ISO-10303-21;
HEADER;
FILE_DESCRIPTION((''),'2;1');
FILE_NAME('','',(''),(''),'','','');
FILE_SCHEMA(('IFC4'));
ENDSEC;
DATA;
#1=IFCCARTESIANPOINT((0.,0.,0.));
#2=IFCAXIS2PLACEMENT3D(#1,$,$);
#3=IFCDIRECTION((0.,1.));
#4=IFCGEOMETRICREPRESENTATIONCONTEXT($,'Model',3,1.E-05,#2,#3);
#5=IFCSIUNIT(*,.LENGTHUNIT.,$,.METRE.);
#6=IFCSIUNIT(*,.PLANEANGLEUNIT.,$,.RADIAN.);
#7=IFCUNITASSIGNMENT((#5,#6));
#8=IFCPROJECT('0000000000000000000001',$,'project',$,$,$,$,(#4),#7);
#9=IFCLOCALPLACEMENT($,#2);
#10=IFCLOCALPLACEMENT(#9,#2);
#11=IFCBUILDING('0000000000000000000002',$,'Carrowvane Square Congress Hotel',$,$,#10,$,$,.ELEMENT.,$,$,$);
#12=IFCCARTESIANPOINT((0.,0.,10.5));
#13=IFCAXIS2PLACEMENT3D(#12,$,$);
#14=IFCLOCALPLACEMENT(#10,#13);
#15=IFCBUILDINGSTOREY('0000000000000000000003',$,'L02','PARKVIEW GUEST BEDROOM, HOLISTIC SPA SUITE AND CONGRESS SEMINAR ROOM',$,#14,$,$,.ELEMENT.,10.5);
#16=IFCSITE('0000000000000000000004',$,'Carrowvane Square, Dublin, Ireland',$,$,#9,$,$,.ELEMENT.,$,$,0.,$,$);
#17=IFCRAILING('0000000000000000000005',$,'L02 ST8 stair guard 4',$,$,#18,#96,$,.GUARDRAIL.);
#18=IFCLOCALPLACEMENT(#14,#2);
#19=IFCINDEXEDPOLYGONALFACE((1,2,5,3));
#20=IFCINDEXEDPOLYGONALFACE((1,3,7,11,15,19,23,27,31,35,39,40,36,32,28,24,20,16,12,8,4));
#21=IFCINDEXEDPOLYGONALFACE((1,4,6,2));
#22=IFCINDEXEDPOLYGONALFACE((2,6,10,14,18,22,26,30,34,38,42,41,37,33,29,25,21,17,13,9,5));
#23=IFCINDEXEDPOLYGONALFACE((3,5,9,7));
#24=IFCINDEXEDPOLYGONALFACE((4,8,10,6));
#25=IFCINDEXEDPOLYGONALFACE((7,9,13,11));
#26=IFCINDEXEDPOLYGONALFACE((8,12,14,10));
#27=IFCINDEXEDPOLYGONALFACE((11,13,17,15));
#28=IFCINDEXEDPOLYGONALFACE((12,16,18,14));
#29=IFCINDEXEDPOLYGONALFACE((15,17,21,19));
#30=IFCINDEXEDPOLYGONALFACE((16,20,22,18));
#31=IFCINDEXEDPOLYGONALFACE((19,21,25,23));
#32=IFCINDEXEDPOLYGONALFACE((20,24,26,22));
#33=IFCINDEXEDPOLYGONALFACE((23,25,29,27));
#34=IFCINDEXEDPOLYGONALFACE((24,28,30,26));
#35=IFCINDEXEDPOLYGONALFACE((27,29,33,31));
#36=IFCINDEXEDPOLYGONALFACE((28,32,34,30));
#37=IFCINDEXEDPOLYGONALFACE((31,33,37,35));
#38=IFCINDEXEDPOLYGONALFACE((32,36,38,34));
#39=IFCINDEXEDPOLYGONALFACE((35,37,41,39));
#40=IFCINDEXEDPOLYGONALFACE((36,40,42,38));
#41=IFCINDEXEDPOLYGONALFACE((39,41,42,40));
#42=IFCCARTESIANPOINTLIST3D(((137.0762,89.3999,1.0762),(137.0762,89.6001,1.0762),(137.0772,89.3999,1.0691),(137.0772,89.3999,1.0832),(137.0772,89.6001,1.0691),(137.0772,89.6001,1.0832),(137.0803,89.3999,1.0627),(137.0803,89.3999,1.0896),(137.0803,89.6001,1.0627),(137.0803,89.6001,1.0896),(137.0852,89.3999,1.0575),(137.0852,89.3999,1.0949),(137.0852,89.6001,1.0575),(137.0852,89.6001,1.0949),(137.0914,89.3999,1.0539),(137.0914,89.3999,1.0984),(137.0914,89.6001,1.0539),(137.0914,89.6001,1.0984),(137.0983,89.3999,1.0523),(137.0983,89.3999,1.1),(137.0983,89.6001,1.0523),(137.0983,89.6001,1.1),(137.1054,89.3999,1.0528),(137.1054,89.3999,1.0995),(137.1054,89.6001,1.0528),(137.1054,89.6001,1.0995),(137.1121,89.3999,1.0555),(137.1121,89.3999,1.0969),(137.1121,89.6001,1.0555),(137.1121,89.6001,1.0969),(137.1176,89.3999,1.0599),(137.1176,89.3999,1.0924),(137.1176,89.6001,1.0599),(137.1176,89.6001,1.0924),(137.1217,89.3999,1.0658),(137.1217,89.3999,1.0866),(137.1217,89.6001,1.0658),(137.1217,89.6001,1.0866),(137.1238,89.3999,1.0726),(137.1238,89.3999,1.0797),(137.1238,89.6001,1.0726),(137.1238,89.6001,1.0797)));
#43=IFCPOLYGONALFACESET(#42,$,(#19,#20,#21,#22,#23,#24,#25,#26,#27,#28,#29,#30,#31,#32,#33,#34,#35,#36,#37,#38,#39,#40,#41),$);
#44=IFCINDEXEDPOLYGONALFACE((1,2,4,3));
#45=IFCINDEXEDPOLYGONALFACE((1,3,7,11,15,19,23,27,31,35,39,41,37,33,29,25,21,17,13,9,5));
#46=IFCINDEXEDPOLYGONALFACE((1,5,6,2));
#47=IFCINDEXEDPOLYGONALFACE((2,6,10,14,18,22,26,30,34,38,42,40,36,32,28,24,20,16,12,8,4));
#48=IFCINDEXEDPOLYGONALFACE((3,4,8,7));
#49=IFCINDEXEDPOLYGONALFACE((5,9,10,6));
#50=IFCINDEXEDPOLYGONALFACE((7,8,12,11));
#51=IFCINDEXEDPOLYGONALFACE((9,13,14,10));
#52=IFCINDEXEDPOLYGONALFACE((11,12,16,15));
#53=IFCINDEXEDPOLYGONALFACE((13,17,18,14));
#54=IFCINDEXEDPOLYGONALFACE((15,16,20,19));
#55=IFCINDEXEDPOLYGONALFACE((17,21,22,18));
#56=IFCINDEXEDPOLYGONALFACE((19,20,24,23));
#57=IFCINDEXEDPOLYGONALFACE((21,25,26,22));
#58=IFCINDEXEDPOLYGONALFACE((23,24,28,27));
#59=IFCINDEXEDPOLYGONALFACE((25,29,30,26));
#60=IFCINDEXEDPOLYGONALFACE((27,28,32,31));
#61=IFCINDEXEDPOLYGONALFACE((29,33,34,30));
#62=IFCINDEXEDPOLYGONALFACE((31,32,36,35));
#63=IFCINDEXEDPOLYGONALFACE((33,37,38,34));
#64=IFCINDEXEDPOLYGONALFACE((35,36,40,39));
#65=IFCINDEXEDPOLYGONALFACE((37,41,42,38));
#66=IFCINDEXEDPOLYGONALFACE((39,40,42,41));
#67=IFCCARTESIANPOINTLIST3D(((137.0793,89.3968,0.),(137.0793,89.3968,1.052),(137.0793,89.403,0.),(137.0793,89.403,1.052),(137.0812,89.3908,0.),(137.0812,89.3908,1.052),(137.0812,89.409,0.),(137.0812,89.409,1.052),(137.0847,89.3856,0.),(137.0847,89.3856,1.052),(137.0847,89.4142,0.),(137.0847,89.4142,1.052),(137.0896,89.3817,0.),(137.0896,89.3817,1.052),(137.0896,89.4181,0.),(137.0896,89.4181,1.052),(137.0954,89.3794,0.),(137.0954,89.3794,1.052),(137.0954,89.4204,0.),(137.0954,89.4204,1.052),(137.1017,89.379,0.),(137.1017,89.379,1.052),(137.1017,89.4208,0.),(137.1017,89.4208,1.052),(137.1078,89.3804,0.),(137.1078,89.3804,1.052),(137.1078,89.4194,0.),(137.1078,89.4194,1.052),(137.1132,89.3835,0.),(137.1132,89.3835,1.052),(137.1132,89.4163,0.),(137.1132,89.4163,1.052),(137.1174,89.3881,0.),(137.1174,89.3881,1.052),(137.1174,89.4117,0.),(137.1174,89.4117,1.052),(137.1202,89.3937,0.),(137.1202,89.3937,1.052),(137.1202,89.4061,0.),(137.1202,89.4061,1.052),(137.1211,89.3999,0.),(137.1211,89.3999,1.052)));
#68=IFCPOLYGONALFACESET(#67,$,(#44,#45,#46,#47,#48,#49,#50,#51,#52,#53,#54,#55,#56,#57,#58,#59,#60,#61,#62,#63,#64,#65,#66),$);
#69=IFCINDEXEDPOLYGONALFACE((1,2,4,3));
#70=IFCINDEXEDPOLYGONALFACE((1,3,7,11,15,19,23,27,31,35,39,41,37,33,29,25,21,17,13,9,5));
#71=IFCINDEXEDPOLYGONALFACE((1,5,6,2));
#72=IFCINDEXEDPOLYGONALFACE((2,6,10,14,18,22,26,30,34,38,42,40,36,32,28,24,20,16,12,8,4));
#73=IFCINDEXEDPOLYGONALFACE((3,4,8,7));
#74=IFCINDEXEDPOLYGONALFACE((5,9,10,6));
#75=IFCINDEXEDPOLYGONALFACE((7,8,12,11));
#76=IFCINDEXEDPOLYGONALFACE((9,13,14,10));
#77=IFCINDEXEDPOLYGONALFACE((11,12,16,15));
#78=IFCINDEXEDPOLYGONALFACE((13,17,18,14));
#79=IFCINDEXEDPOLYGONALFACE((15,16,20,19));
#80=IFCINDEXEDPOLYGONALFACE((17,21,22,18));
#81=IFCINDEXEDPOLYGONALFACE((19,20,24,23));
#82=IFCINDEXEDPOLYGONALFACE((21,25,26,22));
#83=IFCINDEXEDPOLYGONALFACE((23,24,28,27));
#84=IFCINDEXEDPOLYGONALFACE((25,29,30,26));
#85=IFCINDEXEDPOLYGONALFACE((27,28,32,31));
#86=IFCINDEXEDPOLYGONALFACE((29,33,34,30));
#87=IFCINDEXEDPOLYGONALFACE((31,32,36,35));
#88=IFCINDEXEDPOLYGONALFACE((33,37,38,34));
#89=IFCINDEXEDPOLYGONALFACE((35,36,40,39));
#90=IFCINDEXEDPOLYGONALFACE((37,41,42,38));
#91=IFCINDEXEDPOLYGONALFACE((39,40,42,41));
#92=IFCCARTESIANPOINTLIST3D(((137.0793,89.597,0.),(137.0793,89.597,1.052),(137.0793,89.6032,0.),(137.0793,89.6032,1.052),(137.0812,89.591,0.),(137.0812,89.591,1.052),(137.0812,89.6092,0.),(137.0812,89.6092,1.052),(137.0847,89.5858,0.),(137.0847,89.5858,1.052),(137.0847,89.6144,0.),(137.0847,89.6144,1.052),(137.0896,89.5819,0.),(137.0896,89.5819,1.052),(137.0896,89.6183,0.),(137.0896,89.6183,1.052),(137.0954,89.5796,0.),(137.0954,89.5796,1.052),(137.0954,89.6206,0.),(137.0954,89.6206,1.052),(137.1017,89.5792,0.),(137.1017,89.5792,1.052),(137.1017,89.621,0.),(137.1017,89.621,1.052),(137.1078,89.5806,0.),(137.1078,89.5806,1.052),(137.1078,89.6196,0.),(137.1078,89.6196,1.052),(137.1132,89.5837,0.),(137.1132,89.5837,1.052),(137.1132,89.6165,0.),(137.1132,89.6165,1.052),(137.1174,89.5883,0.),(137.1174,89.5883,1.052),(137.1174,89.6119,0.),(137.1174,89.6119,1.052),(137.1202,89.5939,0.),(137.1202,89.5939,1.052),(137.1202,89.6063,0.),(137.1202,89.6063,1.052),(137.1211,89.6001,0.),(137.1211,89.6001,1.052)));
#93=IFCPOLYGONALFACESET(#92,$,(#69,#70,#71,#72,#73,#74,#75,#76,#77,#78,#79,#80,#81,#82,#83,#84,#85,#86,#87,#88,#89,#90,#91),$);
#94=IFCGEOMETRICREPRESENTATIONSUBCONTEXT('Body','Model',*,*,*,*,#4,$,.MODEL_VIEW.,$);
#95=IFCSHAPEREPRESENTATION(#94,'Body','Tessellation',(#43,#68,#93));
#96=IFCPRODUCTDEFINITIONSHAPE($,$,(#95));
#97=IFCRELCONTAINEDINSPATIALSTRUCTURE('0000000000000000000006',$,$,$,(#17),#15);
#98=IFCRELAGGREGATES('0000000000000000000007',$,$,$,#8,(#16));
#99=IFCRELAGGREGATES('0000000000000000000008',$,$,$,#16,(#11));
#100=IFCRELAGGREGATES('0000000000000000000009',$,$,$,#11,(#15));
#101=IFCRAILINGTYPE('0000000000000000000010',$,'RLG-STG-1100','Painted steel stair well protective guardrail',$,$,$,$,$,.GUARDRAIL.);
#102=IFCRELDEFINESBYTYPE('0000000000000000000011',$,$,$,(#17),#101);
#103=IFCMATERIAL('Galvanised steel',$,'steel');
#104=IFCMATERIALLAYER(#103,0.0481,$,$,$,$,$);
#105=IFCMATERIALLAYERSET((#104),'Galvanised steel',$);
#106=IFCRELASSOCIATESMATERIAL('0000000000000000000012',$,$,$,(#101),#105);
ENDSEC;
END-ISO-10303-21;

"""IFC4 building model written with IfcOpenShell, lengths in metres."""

from ifc_helpers import new_model, si_unit, direction, frame, origin, origin_2d, place, context, subcontext, project, spatial, circle, extrude, material, layer, layer_set, type_object, element, save


model = new_model("IFC4")

# Units and contexts
model_context = context("Model", 3, precision=1e-05, world=origin(), true_north=direction((0.0, 1.0)))
body_context = subcontext(model_context, "Body", "Model", "MODEL_VIEW")
ifc_project = project(units=[si_unit("LENGTHUNIT", "METRE"), si_unit("PLANEANGLEUNIT", "RADIAN")], contexts=[model_context])

# Site, building, storey
site_placement = place(None, origin())
site = spatial("IfcSite", under=ifc_project, at=site_placement, Name="Carrowvane Square, Dublin, Ireland", CompositionType="ELEMENT", RefElevation=0.0)
building_placement = place(site_placement, origin())
building = spatial("IfcBuilding", under=site, at=building_placement, Name="Carrowvane Square Congress Hotel", CompositionType="ELEMENT")
storey_placement = place(building_placement, frame((0.0, 0.0, 10.5)))
storey = spatial("IfcBuildingStorey", under=building, at=storey_placement, Name="L02", Description="PARKVIEW GUEST BEDROOM, HOLISTIC SPA SUITE AND CONGRESS SEMINAR ROOM", CompositionType="ELEMENT", Elevation=10.5)

# Railing
ifc_material_1 = material(Name="Galvanised steel", Category="steel")
ifc_layer_1 = layer(ifc_material_1, 0.0481)
ifc_layer_set_1 = layer_set([ifc_layer_1], Name="Galvanised steel")
railing_type_1 = type_object("IfcRailingType", Name="RLG-STG-1100", Description="Painted steel stair well protective guardrail", PredefinedType="GUARDRAIL", material=ifc_layer_set_1)
railing_1_placement = place(storey_placement, frame((137.1001, 89.3999, 0.0)))
element("IfcRailing", 1, at=railing_1_placement, inside=storey, type_object=railing_type_1, Name="L02 ST8 stair guard 4", PredefinedType="GUARDRAIL", context=body_context, shape_type="SweptSolid", body=[
    extrude(circle(Radius=0.0239, at=origin_2d()), frame((0.0, 0.0, 1.0762), z_axis=(0.0, 1.0, 0.0), x_axis=(-1.0, 0.0, 0.0)), (0.0, 0.0, 1.0), 0.2002),
    extrude(circle(Radius=0.021, at=origin_2d()), origin(), (0.0, 0.0, 1.0), 1.052),
    extrude(circle(Radius=0.021, at=origin_2d()), frame((0.0, 0.2002, 0.0)), (0.0, 0.0, 1.0), 1.052),
])

save(model, "model.ifc")
